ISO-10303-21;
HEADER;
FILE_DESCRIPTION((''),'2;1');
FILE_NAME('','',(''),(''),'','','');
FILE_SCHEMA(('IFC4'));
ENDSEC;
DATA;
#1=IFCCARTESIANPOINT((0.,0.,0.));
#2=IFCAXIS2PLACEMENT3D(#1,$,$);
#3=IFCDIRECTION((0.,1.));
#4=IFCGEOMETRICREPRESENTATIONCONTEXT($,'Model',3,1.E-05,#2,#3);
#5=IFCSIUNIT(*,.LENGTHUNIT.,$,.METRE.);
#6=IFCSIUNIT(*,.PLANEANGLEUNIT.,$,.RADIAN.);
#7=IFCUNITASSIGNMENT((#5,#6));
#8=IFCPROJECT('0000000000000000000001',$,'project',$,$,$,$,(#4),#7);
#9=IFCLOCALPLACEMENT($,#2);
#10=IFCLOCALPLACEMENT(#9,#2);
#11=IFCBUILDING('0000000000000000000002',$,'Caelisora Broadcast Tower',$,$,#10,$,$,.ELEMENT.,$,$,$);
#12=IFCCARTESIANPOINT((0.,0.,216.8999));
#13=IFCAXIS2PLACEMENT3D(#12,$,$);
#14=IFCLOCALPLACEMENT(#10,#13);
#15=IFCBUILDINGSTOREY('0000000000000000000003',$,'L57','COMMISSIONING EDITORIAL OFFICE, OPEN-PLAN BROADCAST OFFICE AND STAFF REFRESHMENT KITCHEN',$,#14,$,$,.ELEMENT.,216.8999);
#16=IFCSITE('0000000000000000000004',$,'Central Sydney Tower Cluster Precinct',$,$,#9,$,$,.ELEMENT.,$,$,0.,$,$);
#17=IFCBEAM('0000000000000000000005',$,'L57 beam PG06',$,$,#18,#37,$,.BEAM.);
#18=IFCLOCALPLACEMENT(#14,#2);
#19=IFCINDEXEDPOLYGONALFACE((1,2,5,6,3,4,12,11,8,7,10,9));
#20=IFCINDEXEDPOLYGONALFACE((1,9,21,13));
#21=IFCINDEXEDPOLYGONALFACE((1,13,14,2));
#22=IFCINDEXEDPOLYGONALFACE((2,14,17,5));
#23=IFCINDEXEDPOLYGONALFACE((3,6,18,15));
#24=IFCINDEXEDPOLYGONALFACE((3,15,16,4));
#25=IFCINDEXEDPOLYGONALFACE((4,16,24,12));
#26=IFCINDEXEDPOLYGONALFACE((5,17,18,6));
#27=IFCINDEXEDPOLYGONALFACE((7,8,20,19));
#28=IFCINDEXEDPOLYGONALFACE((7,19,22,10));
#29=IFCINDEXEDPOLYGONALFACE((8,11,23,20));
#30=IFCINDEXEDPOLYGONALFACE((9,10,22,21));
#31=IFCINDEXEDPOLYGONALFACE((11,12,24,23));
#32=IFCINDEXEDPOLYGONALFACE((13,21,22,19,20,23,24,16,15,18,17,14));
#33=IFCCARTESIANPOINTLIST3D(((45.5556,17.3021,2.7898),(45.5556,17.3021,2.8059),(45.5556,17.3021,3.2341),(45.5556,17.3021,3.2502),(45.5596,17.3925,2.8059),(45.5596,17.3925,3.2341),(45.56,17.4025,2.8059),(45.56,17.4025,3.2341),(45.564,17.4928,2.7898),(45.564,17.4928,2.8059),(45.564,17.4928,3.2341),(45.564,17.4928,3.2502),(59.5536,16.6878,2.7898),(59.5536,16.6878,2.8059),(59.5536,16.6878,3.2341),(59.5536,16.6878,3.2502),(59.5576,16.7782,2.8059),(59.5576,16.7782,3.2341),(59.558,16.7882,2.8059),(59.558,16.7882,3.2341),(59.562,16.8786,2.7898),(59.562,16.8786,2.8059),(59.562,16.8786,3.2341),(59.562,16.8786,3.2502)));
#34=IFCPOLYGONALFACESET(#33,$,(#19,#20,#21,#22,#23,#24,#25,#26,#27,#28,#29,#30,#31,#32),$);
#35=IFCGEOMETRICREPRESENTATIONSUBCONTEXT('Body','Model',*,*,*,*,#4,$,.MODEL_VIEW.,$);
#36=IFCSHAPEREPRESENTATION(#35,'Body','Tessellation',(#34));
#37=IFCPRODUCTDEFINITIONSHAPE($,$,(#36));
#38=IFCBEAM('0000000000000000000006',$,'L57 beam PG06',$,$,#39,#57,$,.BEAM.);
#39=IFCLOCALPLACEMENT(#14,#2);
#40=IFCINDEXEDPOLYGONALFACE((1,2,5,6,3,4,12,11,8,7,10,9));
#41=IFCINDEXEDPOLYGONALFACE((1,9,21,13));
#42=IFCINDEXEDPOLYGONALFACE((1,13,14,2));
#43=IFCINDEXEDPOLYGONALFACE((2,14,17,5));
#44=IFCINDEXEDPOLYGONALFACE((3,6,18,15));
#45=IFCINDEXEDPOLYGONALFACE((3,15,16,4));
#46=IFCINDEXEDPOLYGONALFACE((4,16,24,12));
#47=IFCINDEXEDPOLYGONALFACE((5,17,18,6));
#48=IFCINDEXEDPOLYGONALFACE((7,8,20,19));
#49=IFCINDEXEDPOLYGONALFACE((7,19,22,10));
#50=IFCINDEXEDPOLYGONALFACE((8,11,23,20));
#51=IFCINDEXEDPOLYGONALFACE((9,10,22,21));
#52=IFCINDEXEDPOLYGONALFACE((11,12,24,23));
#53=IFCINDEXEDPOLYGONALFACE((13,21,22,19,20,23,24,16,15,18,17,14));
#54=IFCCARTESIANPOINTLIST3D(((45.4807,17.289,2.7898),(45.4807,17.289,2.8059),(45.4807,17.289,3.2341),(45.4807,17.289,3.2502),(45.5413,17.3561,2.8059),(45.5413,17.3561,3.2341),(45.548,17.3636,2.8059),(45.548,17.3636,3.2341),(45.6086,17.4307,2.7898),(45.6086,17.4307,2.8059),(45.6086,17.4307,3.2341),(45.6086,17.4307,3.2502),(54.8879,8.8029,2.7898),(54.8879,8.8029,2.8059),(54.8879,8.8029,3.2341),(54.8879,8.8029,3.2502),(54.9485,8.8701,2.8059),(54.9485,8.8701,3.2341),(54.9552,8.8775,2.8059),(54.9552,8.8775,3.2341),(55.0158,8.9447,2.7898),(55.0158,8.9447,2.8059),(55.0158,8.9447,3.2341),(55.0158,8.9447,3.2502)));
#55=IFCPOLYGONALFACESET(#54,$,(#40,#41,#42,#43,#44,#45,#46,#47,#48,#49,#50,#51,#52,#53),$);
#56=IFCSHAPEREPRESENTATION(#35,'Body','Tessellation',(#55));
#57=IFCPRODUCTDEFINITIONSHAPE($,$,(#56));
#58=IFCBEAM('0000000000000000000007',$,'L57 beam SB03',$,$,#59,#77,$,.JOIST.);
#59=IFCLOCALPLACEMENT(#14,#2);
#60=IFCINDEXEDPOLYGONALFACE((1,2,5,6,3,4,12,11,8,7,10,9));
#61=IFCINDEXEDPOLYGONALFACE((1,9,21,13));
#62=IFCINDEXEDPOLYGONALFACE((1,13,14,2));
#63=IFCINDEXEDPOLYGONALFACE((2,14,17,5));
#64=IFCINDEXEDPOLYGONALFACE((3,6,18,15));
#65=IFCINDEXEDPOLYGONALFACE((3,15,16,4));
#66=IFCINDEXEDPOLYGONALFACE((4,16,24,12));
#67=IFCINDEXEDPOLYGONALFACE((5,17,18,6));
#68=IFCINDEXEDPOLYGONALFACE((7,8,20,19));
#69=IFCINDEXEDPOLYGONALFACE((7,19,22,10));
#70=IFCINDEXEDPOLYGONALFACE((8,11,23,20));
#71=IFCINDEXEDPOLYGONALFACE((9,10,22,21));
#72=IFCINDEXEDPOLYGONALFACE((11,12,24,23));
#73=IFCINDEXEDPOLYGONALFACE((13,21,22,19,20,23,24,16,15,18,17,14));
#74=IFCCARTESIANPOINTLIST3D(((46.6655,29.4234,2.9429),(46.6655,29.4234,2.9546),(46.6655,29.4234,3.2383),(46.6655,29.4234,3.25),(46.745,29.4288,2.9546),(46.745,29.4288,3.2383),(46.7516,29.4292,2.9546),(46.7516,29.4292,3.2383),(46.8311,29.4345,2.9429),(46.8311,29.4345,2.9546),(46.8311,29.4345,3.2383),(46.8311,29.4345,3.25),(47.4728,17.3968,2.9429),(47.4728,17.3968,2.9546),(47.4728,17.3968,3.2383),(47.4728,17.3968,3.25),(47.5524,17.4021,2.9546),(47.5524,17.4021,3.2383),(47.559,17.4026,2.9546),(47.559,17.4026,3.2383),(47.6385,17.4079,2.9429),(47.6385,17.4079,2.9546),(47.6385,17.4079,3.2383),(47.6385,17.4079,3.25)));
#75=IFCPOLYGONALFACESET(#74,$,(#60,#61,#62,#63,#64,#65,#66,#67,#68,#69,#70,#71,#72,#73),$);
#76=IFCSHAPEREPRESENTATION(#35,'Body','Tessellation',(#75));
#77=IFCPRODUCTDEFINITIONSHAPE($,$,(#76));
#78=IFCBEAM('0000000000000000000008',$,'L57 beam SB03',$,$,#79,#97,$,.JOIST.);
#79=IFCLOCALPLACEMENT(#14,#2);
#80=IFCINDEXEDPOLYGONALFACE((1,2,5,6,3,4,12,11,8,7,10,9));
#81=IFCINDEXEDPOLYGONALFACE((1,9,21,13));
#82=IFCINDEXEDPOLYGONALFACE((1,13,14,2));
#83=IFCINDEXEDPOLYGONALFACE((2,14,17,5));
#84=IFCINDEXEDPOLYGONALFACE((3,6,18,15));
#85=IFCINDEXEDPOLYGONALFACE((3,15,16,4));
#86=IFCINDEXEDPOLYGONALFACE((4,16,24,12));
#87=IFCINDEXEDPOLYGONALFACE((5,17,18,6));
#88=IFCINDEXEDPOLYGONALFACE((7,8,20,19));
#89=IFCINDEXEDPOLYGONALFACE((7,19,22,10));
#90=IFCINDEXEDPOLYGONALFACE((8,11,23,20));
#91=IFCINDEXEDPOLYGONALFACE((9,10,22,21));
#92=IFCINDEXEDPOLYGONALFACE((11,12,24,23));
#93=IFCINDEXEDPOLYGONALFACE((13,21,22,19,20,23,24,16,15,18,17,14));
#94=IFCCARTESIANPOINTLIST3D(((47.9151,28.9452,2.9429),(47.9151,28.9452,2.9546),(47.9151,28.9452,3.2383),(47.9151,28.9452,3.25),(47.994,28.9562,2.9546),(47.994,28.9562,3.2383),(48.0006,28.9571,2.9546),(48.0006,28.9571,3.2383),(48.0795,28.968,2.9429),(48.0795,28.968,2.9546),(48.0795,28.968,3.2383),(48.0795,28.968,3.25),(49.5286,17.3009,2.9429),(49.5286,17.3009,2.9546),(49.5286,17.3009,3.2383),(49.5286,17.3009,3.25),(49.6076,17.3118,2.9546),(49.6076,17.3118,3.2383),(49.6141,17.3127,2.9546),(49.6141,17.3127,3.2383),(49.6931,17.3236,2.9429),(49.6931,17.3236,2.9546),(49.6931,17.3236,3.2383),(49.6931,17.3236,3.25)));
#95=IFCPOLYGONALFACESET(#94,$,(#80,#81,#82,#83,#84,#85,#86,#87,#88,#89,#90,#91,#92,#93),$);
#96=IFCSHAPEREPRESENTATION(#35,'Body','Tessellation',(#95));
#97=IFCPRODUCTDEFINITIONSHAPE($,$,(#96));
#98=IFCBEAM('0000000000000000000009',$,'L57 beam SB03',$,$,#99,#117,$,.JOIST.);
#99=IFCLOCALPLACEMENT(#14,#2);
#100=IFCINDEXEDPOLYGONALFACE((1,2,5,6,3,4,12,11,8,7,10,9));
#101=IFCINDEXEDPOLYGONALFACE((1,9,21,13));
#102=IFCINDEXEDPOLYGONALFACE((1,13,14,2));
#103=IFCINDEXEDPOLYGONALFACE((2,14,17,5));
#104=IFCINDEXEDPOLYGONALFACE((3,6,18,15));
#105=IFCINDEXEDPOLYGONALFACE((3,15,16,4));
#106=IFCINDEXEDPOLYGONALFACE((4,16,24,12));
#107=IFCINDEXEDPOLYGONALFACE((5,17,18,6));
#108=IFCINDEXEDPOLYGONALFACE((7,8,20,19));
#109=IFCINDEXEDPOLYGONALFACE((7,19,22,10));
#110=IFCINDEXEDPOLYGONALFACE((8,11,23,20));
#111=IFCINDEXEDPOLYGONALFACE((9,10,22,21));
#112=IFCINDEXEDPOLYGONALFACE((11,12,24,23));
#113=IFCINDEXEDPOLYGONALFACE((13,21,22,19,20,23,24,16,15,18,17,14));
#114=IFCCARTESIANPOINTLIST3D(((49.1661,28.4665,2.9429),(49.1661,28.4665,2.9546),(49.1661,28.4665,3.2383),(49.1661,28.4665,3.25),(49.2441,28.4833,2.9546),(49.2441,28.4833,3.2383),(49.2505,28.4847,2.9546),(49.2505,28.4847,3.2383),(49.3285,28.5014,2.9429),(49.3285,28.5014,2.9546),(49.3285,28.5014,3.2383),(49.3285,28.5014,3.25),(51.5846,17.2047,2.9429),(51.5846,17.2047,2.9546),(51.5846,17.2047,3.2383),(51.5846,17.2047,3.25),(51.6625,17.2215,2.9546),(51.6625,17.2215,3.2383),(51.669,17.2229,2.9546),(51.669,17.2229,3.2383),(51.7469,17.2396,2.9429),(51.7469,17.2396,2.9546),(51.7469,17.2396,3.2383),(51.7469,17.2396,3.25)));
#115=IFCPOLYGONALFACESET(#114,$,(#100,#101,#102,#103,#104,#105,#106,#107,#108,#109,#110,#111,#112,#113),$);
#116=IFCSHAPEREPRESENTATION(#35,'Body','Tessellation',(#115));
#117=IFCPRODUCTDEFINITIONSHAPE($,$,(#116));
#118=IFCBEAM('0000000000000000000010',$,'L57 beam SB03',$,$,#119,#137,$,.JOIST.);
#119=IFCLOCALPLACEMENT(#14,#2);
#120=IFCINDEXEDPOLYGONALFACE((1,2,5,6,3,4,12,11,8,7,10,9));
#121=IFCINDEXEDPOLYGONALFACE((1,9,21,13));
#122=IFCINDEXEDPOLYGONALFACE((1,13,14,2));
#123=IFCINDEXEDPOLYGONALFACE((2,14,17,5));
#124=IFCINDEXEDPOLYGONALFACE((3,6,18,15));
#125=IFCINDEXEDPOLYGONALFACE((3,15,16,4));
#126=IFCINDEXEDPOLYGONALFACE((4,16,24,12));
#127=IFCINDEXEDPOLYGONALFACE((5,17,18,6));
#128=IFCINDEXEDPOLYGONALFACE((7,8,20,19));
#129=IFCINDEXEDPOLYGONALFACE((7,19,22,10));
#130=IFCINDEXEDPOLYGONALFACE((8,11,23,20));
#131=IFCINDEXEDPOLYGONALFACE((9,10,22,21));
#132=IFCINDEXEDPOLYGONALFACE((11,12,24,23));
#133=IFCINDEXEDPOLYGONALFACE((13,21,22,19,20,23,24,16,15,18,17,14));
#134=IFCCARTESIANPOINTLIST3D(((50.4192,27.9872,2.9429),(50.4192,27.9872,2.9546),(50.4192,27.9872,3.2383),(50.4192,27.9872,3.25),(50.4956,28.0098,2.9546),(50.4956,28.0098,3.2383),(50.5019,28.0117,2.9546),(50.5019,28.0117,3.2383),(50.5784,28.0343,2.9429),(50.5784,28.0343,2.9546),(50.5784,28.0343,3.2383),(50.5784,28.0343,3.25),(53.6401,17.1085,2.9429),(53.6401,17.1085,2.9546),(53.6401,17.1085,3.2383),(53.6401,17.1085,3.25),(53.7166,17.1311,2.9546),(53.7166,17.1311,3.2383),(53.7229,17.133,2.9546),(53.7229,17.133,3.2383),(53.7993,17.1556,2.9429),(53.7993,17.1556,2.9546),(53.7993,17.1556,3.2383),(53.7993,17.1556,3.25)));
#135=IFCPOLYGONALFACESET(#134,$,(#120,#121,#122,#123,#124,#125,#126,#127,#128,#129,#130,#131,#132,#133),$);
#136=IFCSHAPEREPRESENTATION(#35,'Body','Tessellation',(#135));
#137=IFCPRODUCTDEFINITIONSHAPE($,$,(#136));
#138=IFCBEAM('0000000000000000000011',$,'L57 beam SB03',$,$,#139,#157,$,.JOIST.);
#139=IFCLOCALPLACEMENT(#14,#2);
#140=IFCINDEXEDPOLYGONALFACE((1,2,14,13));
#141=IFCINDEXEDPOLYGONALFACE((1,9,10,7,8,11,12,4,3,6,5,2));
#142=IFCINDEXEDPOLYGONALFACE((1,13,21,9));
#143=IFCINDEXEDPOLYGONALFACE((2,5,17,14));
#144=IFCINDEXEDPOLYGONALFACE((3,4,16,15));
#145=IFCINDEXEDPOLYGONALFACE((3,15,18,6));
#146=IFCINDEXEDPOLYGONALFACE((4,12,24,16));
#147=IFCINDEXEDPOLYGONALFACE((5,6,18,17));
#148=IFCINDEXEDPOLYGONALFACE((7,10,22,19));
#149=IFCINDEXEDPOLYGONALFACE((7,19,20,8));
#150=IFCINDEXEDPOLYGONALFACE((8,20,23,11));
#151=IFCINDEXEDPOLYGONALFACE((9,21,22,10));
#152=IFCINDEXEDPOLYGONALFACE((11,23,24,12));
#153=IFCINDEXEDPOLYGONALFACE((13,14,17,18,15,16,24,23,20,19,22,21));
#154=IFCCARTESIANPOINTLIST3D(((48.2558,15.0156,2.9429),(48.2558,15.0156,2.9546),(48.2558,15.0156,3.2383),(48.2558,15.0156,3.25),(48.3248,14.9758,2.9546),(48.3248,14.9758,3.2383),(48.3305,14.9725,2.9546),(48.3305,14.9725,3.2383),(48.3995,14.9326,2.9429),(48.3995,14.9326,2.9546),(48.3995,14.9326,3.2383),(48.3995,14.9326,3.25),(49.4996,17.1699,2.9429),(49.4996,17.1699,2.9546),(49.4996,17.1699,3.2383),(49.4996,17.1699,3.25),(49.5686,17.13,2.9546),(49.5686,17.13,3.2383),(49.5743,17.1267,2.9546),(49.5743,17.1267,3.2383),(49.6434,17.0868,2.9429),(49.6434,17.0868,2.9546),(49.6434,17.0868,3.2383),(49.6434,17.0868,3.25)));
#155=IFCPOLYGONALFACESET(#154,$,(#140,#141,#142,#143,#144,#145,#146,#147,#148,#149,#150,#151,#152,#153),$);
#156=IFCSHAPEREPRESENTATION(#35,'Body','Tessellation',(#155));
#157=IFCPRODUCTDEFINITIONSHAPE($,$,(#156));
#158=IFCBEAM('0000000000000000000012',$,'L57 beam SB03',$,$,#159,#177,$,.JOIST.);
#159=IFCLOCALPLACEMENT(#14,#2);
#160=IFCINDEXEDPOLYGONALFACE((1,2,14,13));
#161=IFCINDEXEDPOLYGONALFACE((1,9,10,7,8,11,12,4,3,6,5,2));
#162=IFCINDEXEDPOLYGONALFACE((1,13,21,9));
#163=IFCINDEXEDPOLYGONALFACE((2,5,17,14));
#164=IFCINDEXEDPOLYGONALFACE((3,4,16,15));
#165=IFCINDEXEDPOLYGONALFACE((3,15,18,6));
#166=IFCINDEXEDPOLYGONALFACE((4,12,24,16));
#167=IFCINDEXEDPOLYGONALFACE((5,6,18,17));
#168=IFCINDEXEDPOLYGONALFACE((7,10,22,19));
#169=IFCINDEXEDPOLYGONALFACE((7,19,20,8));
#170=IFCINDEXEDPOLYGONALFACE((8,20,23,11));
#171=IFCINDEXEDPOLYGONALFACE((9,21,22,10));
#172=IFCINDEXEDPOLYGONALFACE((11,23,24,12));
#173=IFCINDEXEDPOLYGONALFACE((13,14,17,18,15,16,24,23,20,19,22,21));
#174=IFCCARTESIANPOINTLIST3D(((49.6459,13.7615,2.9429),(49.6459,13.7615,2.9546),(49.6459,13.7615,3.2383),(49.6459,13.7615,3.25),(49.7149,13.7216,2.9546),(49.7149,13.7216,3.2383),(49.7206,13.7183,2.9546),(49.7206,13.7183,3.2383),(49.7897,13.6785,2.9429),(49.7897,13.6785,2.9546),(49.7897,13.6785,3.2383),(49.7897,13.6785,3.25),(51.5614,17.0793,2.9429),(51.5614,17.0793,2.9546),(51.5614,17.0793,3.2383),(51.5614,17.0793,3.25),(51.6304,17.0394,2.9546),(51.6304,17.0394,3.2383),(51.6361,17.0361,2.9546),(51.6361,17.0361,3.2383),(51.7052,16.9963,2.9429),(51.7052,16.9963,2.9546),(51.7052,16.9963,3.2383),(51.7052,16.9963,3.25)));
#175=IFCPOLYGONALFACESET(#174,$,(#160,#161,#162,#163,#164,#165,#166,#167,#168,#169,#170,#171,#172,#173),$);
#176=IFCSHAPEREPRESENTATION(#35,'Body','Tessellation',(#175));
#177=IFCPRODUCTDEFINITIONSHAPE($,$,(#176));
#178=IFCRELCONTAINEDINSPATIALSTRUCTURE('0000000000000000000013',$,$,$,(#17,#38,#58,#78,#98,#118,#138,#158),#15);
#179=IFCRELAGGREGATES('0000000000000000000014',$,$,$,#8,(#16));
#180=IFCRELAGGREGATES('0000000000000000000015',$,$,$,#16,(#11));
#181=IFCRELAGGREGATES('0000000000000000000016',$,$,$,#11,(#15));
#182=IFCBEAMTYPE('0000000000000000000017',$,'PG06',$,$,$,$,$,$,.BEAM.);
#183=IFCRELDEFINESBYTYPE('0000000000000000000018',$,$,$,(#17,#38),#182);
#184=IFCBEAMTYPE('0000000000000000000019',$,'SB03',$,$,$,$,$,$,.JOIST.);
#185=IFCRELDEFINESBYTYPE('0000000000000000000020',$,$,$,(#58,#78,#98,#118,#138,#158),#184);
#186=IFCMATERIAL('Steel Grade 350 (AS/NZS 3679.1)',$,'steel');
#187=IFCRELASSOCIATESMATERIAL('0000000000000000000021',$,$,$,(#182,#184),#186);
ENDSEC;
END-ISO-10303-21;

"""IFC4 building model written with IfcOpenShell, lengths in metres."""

from ifc_helpers import new_model, si_unit, direction, frame, origin, origin_2d, place, context, subcontext, project, spatial, i_section, extrude, source, transform, mapped, material, material_profile, profile_set, type_object, type_shapes, element, save


model = new_model("IFC4")

# Units and contexts
model_context = context("Model", 3, precision=1e-05, world=origin(), true_north=direction((0.0, 1.0)))
body_context = subcontext(model_context, "Body", "Model", "MODEL_VIEW")
ifc_project = project(units=[si_unit("LENGTHUNIT", "METRE"), si_unit("PLANEANGLEUNIT", "RADIAN")], contexts=[model_context])

# Site, building, storey
site_placement = place(None, origin())
site = spatial("IfcSite", under=ifc_project, at=site_placement, Name="Central Sydney Tower Cluster Precinct", CompositionType="ELEMENT", RefElevation=0.0)
building_placement = place(site_placement, origin())
building = spatial("IfcBuilding", under=site, at=building_placement, Name="Caelisora Broadcast Tower", CompositionType="ELEMENT")
storey_placement = place(building_placement, frame((0.0, 0.0, 216.8999)))
storey = spatial("IfcBuildingStorey", under=building, at=storey_placement, Name="L57", Description="COMMISSIONING EDITORIAL OFFICE, OPEN-PLAN BROADCAST OFFICE AND STAFF REFRESHMENT KITCHEN", CompositionType="ELEMENT", Elevation=216.8999)

# Beams
ifc_material_1 = material(Name="Steel Grade 350 (AS/NZS 3679.1)", Category="steel")
ifc_material_profile_1 = material_profile(ifc_material_1, i_section(OverallWidth=0.1909, OverallDepth=0.4604, WebThickness=0.01, FlangeThickness=0.0161, at=origin_2d()), Name="Steel Grade 350 (AS/NZS 3679.1)")
ifc_profile_set_1 = profile_set([ifc_material_profile_1], Name="Steel Grade 350 (AS/NZS 3679.1)")
beam_type_1 = type_object("IfcBeamType", Name="PG06", PredefinedType="BEAM", material=ifc_profile_set_1)
shared_shape_1 = source(origin(), body_context, "Body", "SweptSolid", [
    extrude(i_section(OverallWidth=0.1909, OverallDepth=0.4604, WebThickness=0.01, FlangeThickness=0.0161, at=origin_2d()), origin(), (0.0, 0.0, 1.0), 14.0115),
])
beam_1_placement = place(storey_placement, frame((45.5598, 17.3975, 3.02), z_axis=(0.999039, -0.043839, 0.0), x_axis=(0.043839, 0.999039, 0.0)))
element("IfcBeam", 1, at=beam_1_placement, inside=storey, type_object=beam_type_1, Name="L57 beam PG06", PredefinedType="BEAM", context=body_context, shape_type="MappedRepresentation", body=[
    mapped(shared_shape_1, transform((0.0, 0.0, 0.0), scale=1.0)),
])
shared_shape_2 = source(origin(), body_context, "Body", "SweptSolid", [
    extrude(i_section(OverallWidth=0.1909, OverallDepth=0.4604, WebThickness=0.01, FlangeThickness=0.0161, at=origin_2d()), origin(), (0.0, 0.0, 1.0), 12.6692),
])
type_shapes(beam_type_1, [shared_shape_1, shared_shape_2])
beam_2_placement = place(storey_placement, frame((45.5447, 17.3599, 3.02), z_axis=(0.742525, -0.669818, 0.0), x_axis=(0.669818, 0.742525, 0.0)))
element("IfcBeam", 2, at=beam_2_placement, inside=storey, type_object=beam_type_1, Name="L57 beam PG06", PredefinedType="BEAM", context=body_context, shape_type="MappedRepresentation", body=[
    mapped(shared_shape_2, transform((0.0, 0.0, 0.0), scale=1.0)),
])
ifc_material_profile_2 = material_profile(ifc_material_1, i_section(OverallWidth=0.166, OverallDepth=0.3071, WebThickness=0.0066, FlangeThickness=0.0117, at=origin_2d()), Name="Steel Grade 350 (AS/NZS 3679.1)")
ifc_profile_set_2 = profile_set([ifc_material_profile_2], Name="Steel Grade 350 (AS/NZS 3679.1)")
beam_type_2 = type_object("IfcBeamType", Name="SB03", PredefinedType="JOIST", material=ifc_profile_set_2)
shared_shape_3 = source(origin(), body_context, "Body", "SweptSolid", [
    extrude(i_section(OverallWidth=0.166, OverallDepth=0.3071, WebThickness=0.0066, FlangeThickness=0.0117, at=origin_2d()), origin(), (0.0, 0.0, 1.0), 12.0537),
])
beam_3_placement = place(storey_placement, frame((47.5557, 17.4023, 3.0964), z_axis=(-0.066981, 0.997754, 0.0), x_axis=(-0.997754, -0.066981, 0.0)))
element("IfcBeam", 3, at=beam_3_placement, inside=storey, type_object=beam_type_2, Name="L57 beam SB03", PredefinedType="JOIST", context=body_context, shape_type="MappedRepresentation", body=[
    mapped(shared_shape_3, transform((0.0, 0.0, 0.0), scale=1.0)),
])
shared_shape_4 = source(origin(), body_context, "Body", "SweptSolid", [
    extrude(i_section(OverallWidth=0.166, OverallDepth=0.3071, WebThickness=0.0066, FlangeThickness=0.0117, at=origin_2d()), origin(), (0.0, 0.0, 1.0), 11.7556),
])
beam_4_placement = place(storey_placement, frame((49.6108, 17.3123, 3.0964), z_axis=(-0.137257, 0.990536, 0.0), x_axis=(-0.990536, -0.137257, 0.0)))
element("IfcBeam", 4, at=beam_4_placement, inside=storey, type_object=beam_type_2, Name="L57 beam SB03", PredefinedType="JOIST", context=body_context, shape_type="MappedRepresentation", body=[
    mapped(shared_shape_4, transform((0.0, 0.0, 0.0), scale=1.0)),
])
shared_shape_5 = source(origin(), body_context, "Body", "SweptSolid", [
    extrude(i_section(OverallWidth=0.166, OverallDepth=0.3071, WebThickness=0.0066, FlangeThickness=0.0117, at=origin_2d()), origin(), (0.0, 0.0, 1.0), 11.5186),
])
beam_5_placement = place(storey_placement, frame((51.6658, 17.2222, 3.0964), z_axis=(-0.209963, 0.977709, 0.0), x_axis=(-0.977709, -0.209963, 0.0)))
element("IfcBeam", 5, at=beam_5_placement, inside=storey, type_object=beam_type_2, Name="L57 beam SB03", PredefinedType="JOIST", context=body_context, shape_type="MappedRepresentation", body=[
    mapped(shared_shape_5, transform((0.0, 0.0, 0.0), scale=1.0)),
])
shared_shape_6 = source(origin(), body_context, "Body", "SweptSolid", [
    extrude(i_section(OverallWidth=0.166, OverallDepth=0.3071, WebThickness=0.0066, FlangeThickness=0.0117, at=origin_2d()), origin(), (0.0, 0.0, 1.0), 11.3455),
])
beam_6_placement = place(storey_placement, frame((53.7197, 17.1321, 3.0964), z_axis=(-0.283897, 0.958855, 0.0), x_axis=(-0.958855, -0.283897, 0.0)))
element("IfcBeam", 6, at=beam_6_placement, inside=storey, type_object=beam_type_2, Name="L57 beam SB03", PredefinedType="JOIST", context=body_context, shape_type="MappedRepresentation", body=[
    mapped(shared_shape_6, transform((0.0, 0.0, 0.0), scale=1.0)),
])
shared_shape_7 = source(origin(), body_context, "Body", "SweptSolid", [
    extrude(i_section(OverallWidth=0.166, OverallDepth=0.3071, WebThickness=0.0066, FlangeThickness=0.0117, at=origin_2d()), origin(), (0.0, 0.0, 1.0), 2.4875),
])
beam_7_placement = place(storey_placement, frame((48.3276, 14.9741, 3.0964), z_axis=(0.500034, 0.866006, 0.0), x_axis=(-0.866006, 0.500034, 0.0)))
element("IfcBeam", 7, at=beam_7_placement, inside=storey, type_object=beam_type_2, Name="L57 beam SB03", PredefinedType="JOIST", context=body_context, shape_type="MappedRepresentation", body=[
    mapped(shared_shape_7, transform((0.0, 0.0, 0.0), scale=1.0)),
])
shared_shape_8 = source(origin(), body_context, "Body", "SweptSolid", [
    extrude(i_section(OverallWidth=0.166, OverallDepth=0.3071, WebThickness=0.0066, FlangeThickness=0.0117, at=origin_2d()), origin(), (0.0, 0.0, 1.0), 3.8311),
])
beam_8_placement = place(storey_placement, frame((49.7178, 13.72, 3.0964), z_axis=(0.499991, 0.866031, 0.0), x_axis=(-0.866031, 0.499991, 0.0)))
element("IfcBeam", 8, at=beam_8_placement, inside=storey, type_object=beam_type_2, Name="L57 beam SB03", PredefinedType="JOIST", context=body_context, shape_type="MappedRepresentation", body=[
    mapped(shared_shape_8, transform((0.0, 0.0, 0.0), scale=1.0)),
])

save(model, "model.ifc")
